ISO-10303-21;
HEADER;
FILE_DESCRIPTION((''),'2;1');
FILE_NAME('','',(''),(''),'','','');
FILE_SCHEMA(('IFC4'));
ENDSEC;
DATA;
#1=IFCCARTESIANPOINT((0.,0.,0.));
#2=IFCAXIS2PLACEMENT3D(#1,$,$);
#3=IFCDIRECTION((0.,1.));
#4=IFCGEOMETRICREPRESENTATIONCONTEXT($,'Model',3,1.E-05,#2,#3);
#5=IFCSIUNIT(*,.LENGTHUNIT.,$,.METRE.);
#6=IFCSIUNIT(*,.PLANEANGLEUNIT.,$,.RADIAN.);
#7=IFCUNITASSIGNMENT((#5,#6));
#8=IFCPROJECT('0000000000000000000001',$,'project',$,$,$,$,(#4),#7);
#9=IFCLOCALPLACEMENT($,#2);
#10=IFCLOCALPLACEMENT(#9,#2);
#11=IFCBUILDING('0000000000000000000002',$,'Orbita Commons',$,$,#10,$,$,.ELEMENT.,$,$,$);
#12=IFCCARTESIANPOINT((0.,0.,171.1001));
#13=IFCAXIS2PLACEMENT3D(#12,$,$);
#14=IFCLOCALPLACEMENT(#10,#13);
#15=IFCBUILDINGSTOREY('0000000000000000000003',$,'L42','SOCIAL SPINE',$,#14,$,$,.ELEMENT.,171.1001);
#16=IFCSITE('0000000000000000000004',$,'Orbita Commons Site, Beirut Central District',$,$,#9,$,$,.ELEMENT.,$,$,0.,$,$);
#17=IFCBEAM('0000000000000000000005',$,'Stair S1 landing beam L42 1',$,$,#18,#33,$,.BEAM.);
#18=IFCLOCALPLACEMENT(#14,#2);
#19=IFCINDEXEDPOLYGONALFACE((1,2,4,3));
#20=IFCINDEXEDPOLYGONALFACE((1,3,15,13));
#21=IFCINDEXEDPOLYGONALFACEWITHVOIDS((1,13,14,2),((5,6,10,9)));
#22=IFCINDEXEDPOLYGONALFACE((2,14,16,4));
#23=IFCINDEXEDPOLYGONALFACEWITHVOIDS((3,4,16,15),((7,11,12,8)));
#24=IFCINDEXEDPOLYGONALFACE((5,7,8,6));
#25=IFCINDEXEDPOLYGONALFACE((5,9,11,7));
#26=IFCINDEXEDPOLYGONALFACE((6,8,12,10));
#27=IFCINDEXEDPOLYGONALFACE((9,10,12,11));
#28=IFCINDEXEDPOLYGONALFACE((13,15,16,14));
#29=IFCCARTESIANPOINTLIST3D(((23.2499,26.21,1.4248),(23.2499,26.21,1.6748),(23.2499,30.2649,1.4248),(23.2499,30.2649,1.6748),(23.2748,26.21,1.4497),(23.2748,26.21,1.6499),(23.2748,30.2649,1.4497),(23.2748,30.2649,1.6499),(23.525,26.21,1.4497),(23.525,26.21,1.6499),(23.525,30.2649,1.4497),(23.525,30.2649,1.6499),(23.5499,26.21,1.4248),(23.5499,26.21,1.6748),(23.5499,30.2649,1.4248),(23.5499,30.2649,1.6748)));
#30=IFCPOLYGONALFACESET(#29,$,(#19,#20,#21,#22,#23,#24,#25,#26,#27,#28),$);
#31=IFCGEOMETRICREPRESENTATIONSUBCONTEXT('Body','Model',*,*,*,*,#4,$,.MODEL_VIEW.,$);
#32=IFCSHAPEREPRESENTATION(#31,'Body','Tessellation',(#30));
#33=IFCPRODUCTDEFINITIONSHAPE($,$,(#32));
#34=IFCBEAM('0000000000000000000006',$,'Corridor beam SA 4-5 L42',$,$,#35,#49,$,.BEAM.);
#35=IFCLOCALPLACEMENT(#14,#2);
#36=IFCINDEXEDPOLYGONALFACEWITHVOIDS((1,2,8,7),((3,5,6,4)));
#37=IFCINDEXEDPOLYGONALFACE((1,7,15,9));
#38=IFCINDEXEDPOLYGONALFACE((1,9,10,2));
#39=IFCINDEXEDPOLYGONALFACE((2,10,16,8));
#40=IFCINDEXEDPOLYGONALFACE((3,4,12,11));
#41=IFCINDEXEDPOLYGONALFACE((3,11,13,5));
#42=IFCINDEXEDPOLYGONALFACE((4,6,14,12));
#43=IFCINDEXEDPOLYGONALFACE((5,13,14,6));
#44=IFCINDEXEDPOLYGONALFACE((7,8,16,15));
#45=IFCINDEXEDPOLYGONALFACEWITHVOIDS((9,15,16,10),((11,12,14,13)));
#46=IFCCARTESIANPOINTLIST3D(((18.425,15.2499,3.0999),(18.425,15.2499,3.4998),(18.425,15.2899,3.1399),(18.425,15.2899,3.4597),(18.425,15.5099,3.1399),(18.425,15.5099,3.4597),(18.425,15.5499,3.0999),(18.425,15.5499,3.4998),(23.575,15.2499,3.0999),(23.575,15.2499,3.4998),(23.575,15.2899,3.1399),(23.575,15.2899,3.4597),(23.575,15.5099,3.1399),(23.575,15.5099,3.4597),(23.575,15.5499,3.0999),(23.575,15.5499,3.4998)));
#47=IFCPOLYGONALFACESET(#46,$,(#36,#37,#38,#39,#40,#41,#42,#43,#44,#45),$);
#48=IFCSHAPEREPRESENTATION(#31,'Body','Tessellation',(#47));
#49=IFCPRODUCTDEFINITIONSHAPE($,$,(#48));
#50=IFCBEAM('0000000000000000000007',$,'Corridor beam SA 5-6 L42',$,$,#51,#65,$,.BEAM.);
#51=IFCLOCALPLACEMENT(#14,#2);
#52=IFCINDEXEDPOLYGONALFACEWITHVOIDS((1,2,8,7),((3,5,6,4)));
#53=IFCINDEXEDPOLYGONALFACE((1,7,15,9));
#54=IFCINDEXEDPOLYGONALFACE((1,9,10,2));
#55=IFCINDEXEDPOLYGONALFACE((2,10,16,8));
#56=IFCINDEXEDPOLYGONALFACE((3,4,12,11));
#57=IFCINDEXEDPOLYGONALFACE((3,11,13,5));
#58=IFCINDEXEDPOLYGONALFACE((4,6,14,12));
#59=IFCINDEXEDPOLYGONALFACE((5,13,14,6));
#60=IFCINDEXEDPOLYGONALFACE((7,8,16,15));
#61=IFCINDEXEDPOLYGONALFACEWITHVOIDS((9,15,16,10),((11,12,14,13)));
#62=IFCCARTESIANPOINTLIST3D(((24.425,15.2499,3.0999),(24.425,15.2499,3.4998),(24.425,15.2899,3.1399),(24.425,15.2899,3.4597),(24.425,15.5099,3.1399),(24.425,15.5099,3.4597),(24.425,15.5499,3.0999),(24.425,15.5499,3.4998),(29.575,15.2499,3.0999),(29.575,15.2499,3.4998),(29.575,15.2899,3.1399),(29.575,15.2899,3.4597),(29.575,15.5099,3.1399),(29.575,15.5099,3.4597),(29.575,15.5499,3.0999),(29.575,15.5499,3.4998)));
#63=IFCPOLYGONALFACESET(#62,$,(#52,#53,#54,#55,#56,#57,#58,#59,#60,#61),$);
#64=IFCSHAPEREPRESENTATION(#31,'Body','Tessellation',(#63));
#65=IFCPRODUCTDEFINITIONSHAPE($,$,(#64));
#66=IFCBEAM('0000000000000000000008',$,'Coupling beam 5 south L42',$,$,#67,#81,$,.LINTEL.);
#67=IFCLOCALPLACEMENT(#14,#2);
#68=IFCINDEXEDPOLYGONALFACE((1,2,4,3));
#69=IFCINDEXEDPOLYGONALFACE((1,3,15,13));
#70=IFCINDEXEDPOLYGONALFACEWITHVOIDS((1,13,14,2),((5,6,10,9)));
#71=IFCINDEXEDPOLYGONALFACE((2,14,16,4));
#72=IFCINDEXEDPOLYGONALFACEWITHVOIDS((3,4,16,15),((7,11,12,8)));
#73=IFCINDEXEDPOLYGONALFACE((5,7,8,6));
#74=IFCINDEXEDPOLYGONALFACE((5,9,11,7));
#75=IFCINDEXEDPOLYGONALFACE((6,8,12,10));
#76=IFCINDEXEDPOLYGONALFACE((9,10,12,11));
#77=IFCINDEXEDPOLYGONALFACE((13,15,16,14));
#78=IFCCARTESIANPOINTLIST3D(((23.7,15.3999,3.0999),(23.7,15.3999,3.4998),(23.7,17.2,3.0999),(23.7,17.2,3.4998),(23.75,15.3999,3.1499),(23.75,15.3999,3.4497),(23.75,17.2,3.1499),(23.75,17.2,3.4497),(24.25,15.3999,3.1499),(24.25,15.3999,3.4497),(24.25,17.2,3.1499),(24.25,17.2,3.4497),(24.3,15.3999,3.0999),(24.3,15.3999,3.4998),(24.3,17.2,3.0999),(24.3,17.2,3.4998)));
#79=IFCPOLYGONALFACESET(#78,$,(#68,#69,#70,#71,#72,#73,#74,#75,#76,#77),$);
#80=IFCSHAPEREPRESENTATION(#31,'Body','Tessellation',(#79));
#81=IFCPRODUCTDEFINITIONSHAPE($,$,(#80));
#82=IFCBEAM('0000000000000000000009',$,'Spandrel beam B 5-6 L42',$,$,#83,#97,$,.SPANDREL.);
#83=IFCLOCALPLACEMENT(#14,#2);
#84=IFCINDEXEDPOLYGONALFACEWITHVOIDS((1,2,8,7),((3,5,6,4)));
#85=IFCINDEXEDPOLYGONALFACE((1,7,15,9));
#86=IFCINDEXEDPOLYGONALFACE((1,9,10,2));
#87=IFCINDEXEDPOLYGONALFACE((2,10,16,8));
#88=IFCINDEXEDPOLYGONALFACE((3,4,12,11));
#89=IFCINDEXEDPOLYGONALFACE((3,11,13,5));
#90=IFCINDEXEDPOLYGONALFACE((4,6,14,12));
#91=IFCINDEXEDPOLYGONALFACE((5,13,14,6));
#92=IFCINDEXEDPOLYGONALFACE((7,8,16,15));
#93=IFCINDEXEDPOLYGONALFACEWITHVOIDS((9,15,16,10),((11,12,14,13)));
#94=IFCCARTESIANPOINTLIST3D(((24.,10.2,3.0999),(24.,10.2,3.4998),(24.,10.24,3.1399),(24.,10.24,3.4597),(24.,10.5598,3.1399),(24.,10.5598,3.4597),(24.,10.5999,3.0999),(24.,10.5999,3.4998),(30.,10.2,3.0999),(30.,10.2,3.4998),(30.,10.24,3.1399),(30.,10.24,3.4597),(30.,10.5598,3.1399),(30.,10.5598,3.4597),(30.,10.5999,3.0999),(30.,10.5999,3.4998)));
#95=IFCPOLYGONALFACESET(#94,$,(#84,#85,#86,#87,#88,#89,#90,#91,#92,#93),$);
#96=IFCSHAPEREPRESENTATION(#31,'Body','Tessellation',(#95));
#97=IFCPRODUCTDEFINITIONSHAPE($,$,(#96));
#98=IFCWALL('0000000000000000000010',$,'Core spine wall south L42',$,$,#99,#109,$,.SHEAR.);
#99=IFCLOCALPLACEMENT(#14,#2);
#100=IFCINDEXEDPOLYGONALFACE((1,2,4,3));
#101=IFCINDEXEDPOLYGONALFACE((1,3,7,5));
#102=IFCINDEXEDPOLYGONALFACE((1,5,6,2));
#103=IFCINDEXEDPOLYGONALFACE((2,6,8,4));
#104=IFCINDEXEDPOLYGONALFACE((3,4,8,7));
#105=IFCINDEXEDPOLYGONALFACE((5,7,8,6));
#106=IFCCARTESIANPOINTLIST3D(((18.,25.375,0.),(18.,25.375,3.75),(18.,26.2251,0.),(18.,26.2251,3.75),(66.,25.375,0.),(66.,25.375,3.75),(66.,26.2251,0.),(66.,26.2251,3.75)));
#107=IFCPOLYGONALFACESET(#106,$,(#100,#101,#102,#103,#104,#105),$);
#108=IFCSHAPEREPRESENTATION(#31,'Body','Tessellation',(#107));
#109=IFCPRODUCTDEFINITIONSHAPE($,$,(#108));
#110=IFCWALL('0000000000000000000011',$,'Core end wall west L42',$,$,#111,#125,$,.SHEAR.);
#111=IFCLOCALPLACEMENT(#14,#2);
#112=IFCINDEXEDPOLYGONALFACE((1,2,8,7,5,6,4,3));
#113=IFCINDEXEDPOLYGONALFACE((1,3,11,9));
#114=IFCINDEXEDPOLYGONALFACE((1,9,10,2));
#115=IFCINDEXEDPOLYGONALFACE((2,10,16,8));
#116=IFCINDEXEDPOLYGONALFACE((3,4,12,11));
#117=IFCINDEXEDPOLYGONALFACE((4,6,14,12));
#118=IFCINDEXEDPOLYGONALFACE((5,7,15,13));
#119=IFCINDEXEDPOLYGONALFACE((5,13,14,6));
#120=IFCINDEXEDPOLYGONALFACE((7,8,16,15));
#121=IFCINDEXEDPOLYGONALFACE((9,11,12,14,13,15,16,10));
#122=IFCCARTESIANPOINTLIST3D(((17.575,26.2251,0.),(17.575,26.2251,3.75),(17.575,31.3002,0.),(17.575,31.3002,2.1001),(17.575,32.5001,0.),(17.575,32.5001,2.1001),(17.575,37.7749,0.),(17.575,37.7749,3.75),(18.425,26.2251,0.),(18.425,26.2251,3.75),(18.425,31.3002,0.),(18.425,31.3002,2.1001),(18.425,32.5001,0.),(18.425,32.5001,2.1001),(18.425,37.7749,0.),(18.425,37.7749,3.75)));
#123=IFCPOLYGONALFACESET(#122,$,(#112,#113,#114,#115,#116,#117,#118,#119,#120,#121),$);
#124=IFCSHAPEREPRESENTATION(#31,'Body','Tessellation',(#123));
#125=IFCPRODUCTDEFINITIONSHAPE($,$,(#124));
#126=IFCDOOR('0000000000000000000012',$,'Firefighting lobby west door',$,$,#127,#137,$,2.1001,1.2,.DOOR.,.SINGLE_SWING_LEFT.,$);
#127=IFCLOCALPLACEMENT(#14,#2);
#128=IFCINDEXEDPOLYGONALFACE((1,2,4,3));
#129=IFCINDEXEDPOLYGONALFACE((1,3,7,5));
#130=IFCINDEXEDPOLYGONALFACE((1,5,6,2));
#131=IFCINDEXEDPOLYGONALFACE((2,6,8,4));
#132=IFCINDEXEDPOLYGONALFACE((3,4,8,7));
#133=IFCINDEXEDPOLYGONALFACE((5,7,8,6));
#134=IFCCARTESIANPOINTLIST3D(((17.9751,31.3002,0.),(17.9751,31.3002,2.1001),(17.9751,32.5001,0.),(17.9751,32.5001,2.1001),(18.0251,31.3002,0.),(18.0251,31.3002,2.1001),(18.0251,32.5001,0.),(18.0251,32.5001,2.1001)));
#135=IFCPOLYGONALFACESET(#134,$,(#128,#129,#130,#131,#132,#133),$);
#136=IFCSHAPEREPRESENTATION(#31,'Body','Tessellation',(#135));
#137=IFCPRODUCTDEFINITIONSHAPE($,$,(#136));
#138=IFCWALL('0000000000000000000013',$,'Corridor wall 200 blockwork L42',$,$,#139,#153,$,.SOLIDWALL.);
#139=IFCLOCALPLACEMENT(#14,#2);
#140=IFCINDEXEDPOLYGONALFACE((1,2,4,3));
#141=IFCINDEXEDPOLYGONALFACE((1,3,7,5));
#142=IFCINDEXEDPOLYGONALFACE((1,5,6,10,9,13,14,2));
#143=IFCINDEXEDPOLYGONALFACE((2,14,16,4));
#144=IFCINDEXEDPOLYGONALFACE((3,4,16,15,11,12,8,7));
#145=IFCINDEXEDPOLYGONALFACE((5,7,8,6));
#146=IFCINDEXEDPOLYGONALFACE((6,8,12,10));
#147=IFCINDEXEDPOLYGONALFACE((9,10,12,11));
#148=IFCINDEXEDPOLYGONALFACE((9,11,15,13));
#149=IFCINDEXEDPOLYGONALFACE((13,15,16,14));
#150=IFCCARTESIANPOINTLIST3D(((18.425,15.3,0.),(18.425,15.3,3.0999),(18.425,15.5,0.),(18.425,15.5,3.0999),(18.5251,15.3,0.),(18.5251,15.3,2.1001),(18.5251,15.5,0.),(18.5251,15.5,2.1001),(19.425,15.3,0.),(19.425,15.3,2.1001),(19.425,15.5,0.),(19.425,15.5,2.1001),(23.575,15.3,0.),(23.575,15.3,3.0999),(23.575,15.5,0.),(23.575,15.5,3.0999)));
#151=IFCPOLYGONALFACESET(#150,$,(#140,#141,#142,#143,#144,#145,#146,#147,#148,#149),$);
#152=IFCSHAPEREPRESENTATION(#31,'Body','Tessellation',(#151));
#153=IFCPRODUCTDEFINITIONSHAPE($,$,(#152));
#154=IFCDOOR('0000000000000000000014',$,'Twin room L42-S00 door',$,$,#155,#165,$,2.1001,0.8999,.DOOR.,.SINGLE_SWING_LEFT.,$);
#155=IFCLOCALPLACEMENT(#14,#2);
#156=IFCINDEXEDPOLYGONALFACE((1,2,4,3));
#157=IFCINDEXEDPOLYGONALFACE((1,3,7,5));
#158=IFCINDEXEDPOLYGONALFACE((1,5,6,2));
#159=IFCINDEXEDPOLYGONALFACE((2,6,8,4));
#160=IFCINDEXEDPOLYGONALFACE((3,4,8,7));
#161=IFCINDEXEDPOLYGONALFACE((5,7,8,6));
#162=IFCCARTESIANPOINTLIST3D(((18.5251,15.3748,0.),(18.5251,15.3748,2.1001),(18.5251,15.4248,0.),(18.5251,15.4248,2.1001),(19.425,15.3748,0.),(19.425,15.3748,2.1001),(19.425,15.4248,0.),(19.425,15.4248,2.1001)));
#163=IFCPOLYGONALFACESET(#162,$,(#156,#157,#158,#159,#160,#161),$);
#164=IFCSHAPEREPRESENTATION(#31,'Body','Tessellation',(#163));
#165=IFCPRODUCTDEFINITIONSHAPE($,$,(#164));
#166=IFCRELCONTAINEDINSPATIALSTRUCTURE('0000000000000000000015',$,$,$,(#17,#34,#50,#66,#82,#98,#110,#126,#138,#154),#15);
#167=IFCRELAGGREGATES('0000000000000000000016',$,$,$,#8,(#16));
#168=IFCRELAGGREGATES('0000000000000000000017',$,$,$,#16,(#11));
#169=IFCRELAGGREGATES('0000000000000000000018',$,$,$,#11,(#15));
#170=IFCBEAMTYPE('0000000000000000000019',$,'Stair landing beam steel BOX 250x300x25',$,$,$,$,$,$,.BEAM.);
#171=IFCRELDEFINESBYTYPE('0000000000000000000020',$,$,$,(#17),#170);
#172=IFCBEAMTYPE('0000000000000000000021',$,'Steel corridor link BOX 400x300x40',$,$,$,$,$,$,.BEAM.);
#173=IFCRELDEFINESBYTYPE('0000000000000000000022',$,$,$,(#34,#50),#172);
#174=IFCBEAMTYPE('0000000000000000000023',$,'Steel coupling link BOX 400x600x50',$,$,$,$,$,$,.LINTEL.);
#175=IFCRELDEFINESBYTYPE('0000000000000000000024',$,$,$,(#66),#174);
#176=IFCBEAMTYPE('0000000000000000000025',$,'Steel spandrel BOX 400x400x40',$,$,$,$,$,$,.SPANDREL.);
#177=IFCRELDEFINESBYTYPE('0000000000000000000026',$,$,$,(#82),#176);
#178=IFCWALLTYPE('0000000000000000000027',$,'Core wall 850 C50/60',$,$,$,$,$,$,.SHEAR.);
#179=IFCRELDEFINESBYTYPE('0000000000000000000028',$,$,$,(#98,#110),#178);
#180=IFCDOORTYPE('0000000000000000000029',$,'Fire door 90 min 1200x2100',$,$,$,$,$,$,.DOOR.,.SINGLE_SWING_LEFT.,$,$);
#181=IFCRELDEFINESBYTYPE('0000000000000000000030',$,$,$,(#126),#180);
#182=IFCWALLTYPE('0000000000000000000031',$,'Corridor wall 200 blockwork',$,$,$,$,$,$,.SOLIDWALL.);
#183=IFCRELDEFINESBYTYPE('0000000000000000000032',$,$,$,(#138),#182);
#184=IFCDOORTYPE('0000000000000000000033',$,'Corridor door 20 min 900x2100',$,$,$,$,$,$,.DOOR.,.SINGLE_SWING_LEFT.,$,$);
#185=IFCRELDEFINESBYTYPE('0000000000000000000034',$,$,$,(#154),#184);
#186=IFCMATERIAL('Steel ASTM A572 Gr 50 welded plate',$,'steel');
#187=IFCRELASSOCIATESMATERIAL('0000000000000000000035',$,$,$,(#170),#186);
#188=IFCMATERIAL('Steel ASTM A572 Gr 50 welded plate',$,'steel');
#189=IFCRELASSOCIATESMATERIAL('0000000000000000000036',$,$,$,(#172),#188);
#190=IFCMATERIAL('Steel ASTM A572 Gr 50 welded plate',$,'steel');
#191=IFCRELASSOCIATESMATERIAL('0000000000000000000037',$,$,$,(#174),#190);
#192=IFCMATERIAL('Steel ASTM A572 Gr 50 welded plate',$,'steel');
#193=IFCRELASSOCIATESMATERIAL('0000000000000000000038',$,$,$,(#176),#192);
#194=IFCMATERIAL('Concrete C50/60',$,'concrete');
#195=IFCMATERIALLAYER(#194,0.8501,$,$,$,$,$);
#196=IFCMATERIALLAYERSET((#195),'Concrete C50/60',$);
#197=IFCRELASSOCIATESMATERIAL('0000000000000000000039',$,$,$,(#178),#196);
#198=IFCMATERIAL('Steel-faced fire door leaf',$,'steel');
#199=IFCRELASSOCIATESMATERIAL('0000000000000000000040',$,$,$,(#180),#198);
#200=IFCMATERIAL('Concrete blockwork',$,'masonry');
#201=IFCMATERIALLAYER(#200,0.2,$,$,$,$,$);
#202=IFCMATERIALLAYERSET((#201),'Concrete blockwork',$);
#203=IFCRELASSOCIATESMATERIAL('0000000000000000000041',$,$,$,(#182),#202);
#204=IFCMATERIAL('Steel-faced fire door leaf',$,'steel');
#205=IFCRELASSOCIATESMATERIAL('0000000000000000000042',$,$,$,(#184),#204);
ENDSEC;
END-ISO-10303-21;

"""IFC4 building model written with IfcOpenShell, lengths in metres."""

from ifc_helpers import new_model, si_unit, direction, frame, frame_2d, origin, origin_2d, place, context, subcontext, project, spatial, polyline, rectangle, hollow_rectangle, outline, extrude, material, layer, layer_set, material_profile, profile_set, type_object, element, fill, save


model = new_model("IFC4")

# Units and contexts
model_context = context("Model", 3, precision=1e-05, world=origin(), true_north=direction((0.0, 1.0)))
body_context = subcontext(model_context, "Body", "Model", "MODEL_VIEW")
ifc_project = project(units=[si_unit("LENGTHUNIT", "METRE"), si_unit("PLANEANGLEUNIT", "RADIAN")], contexts=[model_context])

# Site, building, storey
site_placement = place(None, origin())
site = spatial("IfcSite", under=ifc_project, at=site_placement, Name="Orbita Commons Site, Beirut Central District", CompositionType="ELEMENT", RefElevation=0.0)
building_placement = place(site_placement, origin())
building = spatial("IfcBuilding", under=site, at=building_placement, Name="Orbita Commons", CompositionType="ELEMENT")
storey_placement = place(building_placement, frame((0.0, 0.0, 171.1001)))
storey = spatial("IfcBuildingStorey", under=building, at=storey_placement, Name="L42", Description="SOCIAL SPINE", CompositionType="ELEMENT", Elevation=171.1001)

# Beams
ifc_material_1 = material(Name="Steel ASTM A572 Gr 50 welded plate", Category="steel")
ifc_material_profile_1 = material_profile(ifc_material_1, hollow_rectangle(XDim=0.3, YDim=0.25, WallThickness=0.0249, at=origin_2d()), Name="BOX 250x300x25")
ifc_profile_set_1 = profile_set([ifc_material_profile_1], Name="Steel ASTM A572 Gr 50 welded plate")
beam_type_1 = type_object("IfcBeamType", Name="Stair landing beam steel BOX 250x300x25", PredefinedType="BEAM", material=ifc_profile_set_1)
beam_1_placement = place(storey_placement, frame((23.3999, 26.21, 1.5498), z_axis=(0.0, 1.0, 0.0), x_axis=(-1.0, 0.0, 0.0)))
element("IfcBeam", 1, at=beam_1_placement, inside=storey, type_object=beam_type_1, Name="Stair S1 landing beam L42 1", PredefinedType="BEAM", context=body_context, shape_type="SweptSolid", body=[
    extrude(hollow_rectangle(XDim=0.3, YDim=0.25, WallThickness=0.0249, at=origin_2d()), origin(), (0.0, 0.0, 1.0), 4.0549),
])
ifc_material_2 = material(Name="Steel ASTM A572 Gr 50 welded plate", Category="steel")
ifc_material_profile_2 = material_profile(ifc_material_2, hollow_rectangle(XDim=0.3, YDim=0.3999, WallThickness=0.04, at=origin_2d()), Name="BOX 400x300x40")
ifc_profile_set_2 = profile_set([ifc_material_profile_2], Name="Steel ASTM A572 Gr 50 welded plate")
beam_type_2 = type_object("IfcBeamType", Name="Steel corridor link BOX 400x300x40", PredefinedType="BEAM", material=ifc_profile_set_2)
for number, where, z_axis, x_axis, name in (
    (2, (18.425, 15.3999, 3.2998), (1.0, 0.0, 0.0), (0.0, 1.0, 0.0), "Corridor beam SA 4-5 L42"),
    (3, (24.425, 15.3999, 3.2998), (1.0, 0.0, 0.0), (0.0, 1.0, 0.0), "Corridor beam SA 5-6 L42"),
):
    element("IfcBeam", number, at=place(storey_placement, frame(where, z_axis=z_axis, x_axis=x_axis)), inside=storey, type_object=beam_type_2, Name=name, PredefinedType="BEAM", context=body_context, shape_type="SweptSolid", body=[
        extrude(hollow_rectangle(XDim=0.3, YDim=0.3999, WallThickness=0.04, at=origin_2d()), origin(), (0.0, 0.0, 1.0), 5.1499),
    ])
ifc_material_3 = material(Name="Steel ASTM A572 Gr 50 welded plate", Category="steel")
ifc_material_profile_3 = material_profile(ifc_material_3, hollow_rectangle(XDim=0.6001, YDim=0.3999, WallThickness=0.05, at=origin_2d()), Name="BOX 400x600x50")
ifc_profile_set_3 = profile_set([ifc_material_profile_3], Name="Steel ASTM A572 Gr 50 welded plate")
beam_type_3 = type_object("IfcBeamType", Name="Steel coupling link BOX 400x600x50", PredefinedType="LINTEL", material=ifc_profile_set_3)
beam_2_placement = place(storey_placement, frame((24.0, 15.3999, 3.2998), z_axis=(0.0, 1.0, 0.0), x_axis=(-1.0, 0.0, 0.0)))
element("IfcBeam", 4, at=beam_2_placement, inside=storey, type_object=beam_type_3, Name="Coupling beam 5 south L42", PredefinedType="LINTEL", context=body_context, shape_type="SweptSolid", body=[
    extrude(hollow_rectangle(XDim=0.6001, YDim=0.3999, WallThickness=0.05, at=origin_2d()), origin(), (0.0, 0.0, 1.0), 1.8),
])
ifc_material_4 = material(Name="Steel ASTM A572 Gr 50 welded plate", Category="steel")
ifc_material_profile_4 = material_profile(ifc_material_4, hollow_rectangle(XDim=0.3999, YDim=0.3999, WallThickness=0.04, at=origin_2d()), Name="BOX 400x400x40")
ifc_profile_set_4 = profile_set([ifc_material_profile_4], Name="Steel ASTM A572 Gr 50 welded plate")
beam_type_4 = type_object("IfcBeamType", Name="Steel spandrel BOX 400x400x40", PredefinedType="SPANDREL", material=ifc_profile_set_4)
beam_3_placement = place(storey_placement, frame((24.0, 10.3999, 3.2998), z_axis=(1.0, 0.0, 0.0), x_axis=(0.0, 1.0, 0.0)))
element("IfcBeam", 5, at=beam_3_placement, inside=storey, type_object=beam_type_4, Name="Spandrel beam B 5-6 L42", PredefinedType="SPANDREL", context=body_context, shape_type="SweptSolid", body=[
    extrude(hollow_rectangle(XDim=0.3999, YDim=0.3999, WallThickness=0.04, at=origin_2d()), origin(), (0.0, 0.0, 1.0), 6.0),
])

# Wall
ifc_material_5 = material(Name="Concrete C50/60", Category="concrete")
ifc_layer_1 = layer(ifc_material_5, 0.8501)
ifc_layer_set_1 = layer_set([ifc_layer_1], Name="Concrete C50/60")
wall_type_1 = type_object("IfcWallType", Name="Core wall 850 C50/60", PredefinedType="SHEAR", material=ifc_layer_set_1)
wall_1_placement = place(storey_placement, frame((18.0, 25.8, 0.0), z_axis=(0.0, 0.0, 1.0), x_axis=(1.0, 0.0, 0.0)))
element("IfcWall", 6, at=wall_1_placement, inside=storey, type_object=wall_type_1, Name="Core spine wall south L42", PredefinedType="SHEAR", context=body_context, shape_type="SweptSolid", body=[
    extrude(rectangle(XDim=48.0, YDim=0.8501, at=frame_2d((24.0, 0.0))), origin(), (0.0, 0.0, 1.0), 3.75),
])

# Walls, openings, doors
wall_2_placement = place(storey_placement, frame((18.0, 26.2251, 0.0), z_axis=(0.0, 0.0, 1.0), x_axis=(0.0, 1.0, 0.0)))
wall_2 = element("IfcWall", 7, at=wall_2_placement, inside=storey, type_object=wall_type_1, Name="Core end wall west L42", PredefinedType="SHEAR", context=body_context, shape_type="SweptSolid", body=[
    extrude(rectangle(XDim=11.5498, YDim=0.8501, at=frame_2d((5.7749, 0.0))), origin(), (0.0, 0.0, 1.0), 3.75),
])
opening_1_placement = place(wall_2_placement, frame((5.075, 0.0, 0.0)))
opening_1 = element("IfcOpeningElement", 8, at=opening_1_placement, cuts=wall_2, PredefinedType="OPENING", context=body_context, shape_type="SweptSolid", body=[
    extrude(rectangle(XDim=1.2, YDim=2.1001, at=frame_2d((0.6001, 1.05))), frame((0.0, 0.4351, 0.0), z_axis=(0.0, -1.0, 0.0), x_axis=(1.0, 0.0, 0.0)), (0.0, 0.0, 1.0), 0.8701),
])
ifc_material_6 = material(Name="Steel-faced fire door leaf", Category="steel")
door_type_1 = type_object("IfcDoorType", Name="Fire door 90 min 1200x2100", OperationType="SINGLE_SWING_LEFT", PredefinedType="DOOR", material=ifc_material_6)
door_1_placement = place(opening_1_placement, origin())
door_1 = element("IfcDoor", 9, at=door_1_placement, inside=storey, type_object=door_type_1, Name="Firefighting lobby west door", OperationType="SINGLE_SWING_LEFT", OverallHeight=2.1001, OverallWidth=1.2, PredefinedType="DOOR", context=body_context, shape_type="SweptSolid", body=[
    extrude(rectangle(XDim=1.2, YDim=2.1001, at=frame_2d((0.6001, 1.05))), frame((0.0, 0.0249, 0.0), z_axis=(0.0, -1.0, 0.0), x_axis=(1.0, 0.0, 0.0)), (0.0, 0.0, 1.0), 0.05),
])
fill(opening_1, door_1)
ifc_material_7 = material(Name="Concrete blockwork", Category="masonry")
ifc_layer_2 = layer(ifc_material_7, 0.2)
ifc_layer_set_2 = layer_set([ifc_layer_2], Name="Concrete blockwork")
wall_type_2 = type_object("IfcWallType", Name="Corridor wall 200 blockwork", PredefinedType="SOLIDWALL", material=ifc_layer_set_2)
wall_3_placement = place(storey_placement, frame((18.425, 15.3999, 0.0), z_axis=(0.0, 0.0, 1.0), x_axis=(1.0, 0.0, 0.0)))
wall_3 = element("IfcWall", 10, at=wall_3_placement, inside=storey, type_object=wall_type_2, Name="Corridor wall 200 blockwork L42", PredefinedType="SOLIDWALL", context=body_context, shape_type="SweptSolid", body=[
    extrude(outline(polyline([(0.0, 0.0), (5.1499, 0.0), (5.1499, 3.0999), (0.0, 3.0999), (0.0, 0.0)])), frame((0.0, 0.1001, 0.0), z_axis=(0.0, -1.0, 0.0), x_axis=(1.0, 0.0, 0.0)), (0.0, 0.0, 1.0), 0.2),
])
opening_2_placement = place(wall_3_placement, frame((0.1001, 0.0, 0.0)))
opening_2 = element("IfcOpeningElement", 11, at=opening_2_placement, cuts=wall_3, PredefinedType="OPENING", context=body_context, shape_type="SweptSolid", body=[
    extrude(rectangle(XDim=0.8999, YDim=2.1001, at=frame_2d((0.45, 1.05))), frame((0.0, 0.1099, 0.0), z_axis=(0.0, -1.0, 0.0), x_axis=(1.0, 0.0, 0.0)), (0.0, 0.0, 1.0), 0.22),
])
ifc_material_8 = material(Name="Steel-faced fire door leaf", Category="steel")
door_type_2 = type_object("IfcDoorType", Name="Corridor door 20 min 900x2100", OperationType="SINGLE_SWING_LEFT", PredefinedType="DOOR", material=ifc_material_8)
door_2_placement = place(opening_2_placement, origin())
door_2 = element("IfcDoor", 12, at=door_2_placement, inside=storey, type_object=door_type_2, Name="Twin room L42-S00 door", OperationType="SINGLE_SWING_LEFT", OverallHeight=2.1001, OverallWidth=0.8999, PredefinedType="DOOR", context=body_context, shape_type="SweptSolid", body=[
    extrude(rectangle(XDim=0.8999, YDim=2.1001, at=frame_2d((0.45, 1.05))), frame((0.0, 0.0249, 0.0), z_axis=(0.0, -1.0, 0.0), x_axis=(1.0, 0.0, 0.0)), (0.0, 0.0, 1.0), 0.05),
])
fill(opening_2, door_2)

save(model, "model.ifc")
